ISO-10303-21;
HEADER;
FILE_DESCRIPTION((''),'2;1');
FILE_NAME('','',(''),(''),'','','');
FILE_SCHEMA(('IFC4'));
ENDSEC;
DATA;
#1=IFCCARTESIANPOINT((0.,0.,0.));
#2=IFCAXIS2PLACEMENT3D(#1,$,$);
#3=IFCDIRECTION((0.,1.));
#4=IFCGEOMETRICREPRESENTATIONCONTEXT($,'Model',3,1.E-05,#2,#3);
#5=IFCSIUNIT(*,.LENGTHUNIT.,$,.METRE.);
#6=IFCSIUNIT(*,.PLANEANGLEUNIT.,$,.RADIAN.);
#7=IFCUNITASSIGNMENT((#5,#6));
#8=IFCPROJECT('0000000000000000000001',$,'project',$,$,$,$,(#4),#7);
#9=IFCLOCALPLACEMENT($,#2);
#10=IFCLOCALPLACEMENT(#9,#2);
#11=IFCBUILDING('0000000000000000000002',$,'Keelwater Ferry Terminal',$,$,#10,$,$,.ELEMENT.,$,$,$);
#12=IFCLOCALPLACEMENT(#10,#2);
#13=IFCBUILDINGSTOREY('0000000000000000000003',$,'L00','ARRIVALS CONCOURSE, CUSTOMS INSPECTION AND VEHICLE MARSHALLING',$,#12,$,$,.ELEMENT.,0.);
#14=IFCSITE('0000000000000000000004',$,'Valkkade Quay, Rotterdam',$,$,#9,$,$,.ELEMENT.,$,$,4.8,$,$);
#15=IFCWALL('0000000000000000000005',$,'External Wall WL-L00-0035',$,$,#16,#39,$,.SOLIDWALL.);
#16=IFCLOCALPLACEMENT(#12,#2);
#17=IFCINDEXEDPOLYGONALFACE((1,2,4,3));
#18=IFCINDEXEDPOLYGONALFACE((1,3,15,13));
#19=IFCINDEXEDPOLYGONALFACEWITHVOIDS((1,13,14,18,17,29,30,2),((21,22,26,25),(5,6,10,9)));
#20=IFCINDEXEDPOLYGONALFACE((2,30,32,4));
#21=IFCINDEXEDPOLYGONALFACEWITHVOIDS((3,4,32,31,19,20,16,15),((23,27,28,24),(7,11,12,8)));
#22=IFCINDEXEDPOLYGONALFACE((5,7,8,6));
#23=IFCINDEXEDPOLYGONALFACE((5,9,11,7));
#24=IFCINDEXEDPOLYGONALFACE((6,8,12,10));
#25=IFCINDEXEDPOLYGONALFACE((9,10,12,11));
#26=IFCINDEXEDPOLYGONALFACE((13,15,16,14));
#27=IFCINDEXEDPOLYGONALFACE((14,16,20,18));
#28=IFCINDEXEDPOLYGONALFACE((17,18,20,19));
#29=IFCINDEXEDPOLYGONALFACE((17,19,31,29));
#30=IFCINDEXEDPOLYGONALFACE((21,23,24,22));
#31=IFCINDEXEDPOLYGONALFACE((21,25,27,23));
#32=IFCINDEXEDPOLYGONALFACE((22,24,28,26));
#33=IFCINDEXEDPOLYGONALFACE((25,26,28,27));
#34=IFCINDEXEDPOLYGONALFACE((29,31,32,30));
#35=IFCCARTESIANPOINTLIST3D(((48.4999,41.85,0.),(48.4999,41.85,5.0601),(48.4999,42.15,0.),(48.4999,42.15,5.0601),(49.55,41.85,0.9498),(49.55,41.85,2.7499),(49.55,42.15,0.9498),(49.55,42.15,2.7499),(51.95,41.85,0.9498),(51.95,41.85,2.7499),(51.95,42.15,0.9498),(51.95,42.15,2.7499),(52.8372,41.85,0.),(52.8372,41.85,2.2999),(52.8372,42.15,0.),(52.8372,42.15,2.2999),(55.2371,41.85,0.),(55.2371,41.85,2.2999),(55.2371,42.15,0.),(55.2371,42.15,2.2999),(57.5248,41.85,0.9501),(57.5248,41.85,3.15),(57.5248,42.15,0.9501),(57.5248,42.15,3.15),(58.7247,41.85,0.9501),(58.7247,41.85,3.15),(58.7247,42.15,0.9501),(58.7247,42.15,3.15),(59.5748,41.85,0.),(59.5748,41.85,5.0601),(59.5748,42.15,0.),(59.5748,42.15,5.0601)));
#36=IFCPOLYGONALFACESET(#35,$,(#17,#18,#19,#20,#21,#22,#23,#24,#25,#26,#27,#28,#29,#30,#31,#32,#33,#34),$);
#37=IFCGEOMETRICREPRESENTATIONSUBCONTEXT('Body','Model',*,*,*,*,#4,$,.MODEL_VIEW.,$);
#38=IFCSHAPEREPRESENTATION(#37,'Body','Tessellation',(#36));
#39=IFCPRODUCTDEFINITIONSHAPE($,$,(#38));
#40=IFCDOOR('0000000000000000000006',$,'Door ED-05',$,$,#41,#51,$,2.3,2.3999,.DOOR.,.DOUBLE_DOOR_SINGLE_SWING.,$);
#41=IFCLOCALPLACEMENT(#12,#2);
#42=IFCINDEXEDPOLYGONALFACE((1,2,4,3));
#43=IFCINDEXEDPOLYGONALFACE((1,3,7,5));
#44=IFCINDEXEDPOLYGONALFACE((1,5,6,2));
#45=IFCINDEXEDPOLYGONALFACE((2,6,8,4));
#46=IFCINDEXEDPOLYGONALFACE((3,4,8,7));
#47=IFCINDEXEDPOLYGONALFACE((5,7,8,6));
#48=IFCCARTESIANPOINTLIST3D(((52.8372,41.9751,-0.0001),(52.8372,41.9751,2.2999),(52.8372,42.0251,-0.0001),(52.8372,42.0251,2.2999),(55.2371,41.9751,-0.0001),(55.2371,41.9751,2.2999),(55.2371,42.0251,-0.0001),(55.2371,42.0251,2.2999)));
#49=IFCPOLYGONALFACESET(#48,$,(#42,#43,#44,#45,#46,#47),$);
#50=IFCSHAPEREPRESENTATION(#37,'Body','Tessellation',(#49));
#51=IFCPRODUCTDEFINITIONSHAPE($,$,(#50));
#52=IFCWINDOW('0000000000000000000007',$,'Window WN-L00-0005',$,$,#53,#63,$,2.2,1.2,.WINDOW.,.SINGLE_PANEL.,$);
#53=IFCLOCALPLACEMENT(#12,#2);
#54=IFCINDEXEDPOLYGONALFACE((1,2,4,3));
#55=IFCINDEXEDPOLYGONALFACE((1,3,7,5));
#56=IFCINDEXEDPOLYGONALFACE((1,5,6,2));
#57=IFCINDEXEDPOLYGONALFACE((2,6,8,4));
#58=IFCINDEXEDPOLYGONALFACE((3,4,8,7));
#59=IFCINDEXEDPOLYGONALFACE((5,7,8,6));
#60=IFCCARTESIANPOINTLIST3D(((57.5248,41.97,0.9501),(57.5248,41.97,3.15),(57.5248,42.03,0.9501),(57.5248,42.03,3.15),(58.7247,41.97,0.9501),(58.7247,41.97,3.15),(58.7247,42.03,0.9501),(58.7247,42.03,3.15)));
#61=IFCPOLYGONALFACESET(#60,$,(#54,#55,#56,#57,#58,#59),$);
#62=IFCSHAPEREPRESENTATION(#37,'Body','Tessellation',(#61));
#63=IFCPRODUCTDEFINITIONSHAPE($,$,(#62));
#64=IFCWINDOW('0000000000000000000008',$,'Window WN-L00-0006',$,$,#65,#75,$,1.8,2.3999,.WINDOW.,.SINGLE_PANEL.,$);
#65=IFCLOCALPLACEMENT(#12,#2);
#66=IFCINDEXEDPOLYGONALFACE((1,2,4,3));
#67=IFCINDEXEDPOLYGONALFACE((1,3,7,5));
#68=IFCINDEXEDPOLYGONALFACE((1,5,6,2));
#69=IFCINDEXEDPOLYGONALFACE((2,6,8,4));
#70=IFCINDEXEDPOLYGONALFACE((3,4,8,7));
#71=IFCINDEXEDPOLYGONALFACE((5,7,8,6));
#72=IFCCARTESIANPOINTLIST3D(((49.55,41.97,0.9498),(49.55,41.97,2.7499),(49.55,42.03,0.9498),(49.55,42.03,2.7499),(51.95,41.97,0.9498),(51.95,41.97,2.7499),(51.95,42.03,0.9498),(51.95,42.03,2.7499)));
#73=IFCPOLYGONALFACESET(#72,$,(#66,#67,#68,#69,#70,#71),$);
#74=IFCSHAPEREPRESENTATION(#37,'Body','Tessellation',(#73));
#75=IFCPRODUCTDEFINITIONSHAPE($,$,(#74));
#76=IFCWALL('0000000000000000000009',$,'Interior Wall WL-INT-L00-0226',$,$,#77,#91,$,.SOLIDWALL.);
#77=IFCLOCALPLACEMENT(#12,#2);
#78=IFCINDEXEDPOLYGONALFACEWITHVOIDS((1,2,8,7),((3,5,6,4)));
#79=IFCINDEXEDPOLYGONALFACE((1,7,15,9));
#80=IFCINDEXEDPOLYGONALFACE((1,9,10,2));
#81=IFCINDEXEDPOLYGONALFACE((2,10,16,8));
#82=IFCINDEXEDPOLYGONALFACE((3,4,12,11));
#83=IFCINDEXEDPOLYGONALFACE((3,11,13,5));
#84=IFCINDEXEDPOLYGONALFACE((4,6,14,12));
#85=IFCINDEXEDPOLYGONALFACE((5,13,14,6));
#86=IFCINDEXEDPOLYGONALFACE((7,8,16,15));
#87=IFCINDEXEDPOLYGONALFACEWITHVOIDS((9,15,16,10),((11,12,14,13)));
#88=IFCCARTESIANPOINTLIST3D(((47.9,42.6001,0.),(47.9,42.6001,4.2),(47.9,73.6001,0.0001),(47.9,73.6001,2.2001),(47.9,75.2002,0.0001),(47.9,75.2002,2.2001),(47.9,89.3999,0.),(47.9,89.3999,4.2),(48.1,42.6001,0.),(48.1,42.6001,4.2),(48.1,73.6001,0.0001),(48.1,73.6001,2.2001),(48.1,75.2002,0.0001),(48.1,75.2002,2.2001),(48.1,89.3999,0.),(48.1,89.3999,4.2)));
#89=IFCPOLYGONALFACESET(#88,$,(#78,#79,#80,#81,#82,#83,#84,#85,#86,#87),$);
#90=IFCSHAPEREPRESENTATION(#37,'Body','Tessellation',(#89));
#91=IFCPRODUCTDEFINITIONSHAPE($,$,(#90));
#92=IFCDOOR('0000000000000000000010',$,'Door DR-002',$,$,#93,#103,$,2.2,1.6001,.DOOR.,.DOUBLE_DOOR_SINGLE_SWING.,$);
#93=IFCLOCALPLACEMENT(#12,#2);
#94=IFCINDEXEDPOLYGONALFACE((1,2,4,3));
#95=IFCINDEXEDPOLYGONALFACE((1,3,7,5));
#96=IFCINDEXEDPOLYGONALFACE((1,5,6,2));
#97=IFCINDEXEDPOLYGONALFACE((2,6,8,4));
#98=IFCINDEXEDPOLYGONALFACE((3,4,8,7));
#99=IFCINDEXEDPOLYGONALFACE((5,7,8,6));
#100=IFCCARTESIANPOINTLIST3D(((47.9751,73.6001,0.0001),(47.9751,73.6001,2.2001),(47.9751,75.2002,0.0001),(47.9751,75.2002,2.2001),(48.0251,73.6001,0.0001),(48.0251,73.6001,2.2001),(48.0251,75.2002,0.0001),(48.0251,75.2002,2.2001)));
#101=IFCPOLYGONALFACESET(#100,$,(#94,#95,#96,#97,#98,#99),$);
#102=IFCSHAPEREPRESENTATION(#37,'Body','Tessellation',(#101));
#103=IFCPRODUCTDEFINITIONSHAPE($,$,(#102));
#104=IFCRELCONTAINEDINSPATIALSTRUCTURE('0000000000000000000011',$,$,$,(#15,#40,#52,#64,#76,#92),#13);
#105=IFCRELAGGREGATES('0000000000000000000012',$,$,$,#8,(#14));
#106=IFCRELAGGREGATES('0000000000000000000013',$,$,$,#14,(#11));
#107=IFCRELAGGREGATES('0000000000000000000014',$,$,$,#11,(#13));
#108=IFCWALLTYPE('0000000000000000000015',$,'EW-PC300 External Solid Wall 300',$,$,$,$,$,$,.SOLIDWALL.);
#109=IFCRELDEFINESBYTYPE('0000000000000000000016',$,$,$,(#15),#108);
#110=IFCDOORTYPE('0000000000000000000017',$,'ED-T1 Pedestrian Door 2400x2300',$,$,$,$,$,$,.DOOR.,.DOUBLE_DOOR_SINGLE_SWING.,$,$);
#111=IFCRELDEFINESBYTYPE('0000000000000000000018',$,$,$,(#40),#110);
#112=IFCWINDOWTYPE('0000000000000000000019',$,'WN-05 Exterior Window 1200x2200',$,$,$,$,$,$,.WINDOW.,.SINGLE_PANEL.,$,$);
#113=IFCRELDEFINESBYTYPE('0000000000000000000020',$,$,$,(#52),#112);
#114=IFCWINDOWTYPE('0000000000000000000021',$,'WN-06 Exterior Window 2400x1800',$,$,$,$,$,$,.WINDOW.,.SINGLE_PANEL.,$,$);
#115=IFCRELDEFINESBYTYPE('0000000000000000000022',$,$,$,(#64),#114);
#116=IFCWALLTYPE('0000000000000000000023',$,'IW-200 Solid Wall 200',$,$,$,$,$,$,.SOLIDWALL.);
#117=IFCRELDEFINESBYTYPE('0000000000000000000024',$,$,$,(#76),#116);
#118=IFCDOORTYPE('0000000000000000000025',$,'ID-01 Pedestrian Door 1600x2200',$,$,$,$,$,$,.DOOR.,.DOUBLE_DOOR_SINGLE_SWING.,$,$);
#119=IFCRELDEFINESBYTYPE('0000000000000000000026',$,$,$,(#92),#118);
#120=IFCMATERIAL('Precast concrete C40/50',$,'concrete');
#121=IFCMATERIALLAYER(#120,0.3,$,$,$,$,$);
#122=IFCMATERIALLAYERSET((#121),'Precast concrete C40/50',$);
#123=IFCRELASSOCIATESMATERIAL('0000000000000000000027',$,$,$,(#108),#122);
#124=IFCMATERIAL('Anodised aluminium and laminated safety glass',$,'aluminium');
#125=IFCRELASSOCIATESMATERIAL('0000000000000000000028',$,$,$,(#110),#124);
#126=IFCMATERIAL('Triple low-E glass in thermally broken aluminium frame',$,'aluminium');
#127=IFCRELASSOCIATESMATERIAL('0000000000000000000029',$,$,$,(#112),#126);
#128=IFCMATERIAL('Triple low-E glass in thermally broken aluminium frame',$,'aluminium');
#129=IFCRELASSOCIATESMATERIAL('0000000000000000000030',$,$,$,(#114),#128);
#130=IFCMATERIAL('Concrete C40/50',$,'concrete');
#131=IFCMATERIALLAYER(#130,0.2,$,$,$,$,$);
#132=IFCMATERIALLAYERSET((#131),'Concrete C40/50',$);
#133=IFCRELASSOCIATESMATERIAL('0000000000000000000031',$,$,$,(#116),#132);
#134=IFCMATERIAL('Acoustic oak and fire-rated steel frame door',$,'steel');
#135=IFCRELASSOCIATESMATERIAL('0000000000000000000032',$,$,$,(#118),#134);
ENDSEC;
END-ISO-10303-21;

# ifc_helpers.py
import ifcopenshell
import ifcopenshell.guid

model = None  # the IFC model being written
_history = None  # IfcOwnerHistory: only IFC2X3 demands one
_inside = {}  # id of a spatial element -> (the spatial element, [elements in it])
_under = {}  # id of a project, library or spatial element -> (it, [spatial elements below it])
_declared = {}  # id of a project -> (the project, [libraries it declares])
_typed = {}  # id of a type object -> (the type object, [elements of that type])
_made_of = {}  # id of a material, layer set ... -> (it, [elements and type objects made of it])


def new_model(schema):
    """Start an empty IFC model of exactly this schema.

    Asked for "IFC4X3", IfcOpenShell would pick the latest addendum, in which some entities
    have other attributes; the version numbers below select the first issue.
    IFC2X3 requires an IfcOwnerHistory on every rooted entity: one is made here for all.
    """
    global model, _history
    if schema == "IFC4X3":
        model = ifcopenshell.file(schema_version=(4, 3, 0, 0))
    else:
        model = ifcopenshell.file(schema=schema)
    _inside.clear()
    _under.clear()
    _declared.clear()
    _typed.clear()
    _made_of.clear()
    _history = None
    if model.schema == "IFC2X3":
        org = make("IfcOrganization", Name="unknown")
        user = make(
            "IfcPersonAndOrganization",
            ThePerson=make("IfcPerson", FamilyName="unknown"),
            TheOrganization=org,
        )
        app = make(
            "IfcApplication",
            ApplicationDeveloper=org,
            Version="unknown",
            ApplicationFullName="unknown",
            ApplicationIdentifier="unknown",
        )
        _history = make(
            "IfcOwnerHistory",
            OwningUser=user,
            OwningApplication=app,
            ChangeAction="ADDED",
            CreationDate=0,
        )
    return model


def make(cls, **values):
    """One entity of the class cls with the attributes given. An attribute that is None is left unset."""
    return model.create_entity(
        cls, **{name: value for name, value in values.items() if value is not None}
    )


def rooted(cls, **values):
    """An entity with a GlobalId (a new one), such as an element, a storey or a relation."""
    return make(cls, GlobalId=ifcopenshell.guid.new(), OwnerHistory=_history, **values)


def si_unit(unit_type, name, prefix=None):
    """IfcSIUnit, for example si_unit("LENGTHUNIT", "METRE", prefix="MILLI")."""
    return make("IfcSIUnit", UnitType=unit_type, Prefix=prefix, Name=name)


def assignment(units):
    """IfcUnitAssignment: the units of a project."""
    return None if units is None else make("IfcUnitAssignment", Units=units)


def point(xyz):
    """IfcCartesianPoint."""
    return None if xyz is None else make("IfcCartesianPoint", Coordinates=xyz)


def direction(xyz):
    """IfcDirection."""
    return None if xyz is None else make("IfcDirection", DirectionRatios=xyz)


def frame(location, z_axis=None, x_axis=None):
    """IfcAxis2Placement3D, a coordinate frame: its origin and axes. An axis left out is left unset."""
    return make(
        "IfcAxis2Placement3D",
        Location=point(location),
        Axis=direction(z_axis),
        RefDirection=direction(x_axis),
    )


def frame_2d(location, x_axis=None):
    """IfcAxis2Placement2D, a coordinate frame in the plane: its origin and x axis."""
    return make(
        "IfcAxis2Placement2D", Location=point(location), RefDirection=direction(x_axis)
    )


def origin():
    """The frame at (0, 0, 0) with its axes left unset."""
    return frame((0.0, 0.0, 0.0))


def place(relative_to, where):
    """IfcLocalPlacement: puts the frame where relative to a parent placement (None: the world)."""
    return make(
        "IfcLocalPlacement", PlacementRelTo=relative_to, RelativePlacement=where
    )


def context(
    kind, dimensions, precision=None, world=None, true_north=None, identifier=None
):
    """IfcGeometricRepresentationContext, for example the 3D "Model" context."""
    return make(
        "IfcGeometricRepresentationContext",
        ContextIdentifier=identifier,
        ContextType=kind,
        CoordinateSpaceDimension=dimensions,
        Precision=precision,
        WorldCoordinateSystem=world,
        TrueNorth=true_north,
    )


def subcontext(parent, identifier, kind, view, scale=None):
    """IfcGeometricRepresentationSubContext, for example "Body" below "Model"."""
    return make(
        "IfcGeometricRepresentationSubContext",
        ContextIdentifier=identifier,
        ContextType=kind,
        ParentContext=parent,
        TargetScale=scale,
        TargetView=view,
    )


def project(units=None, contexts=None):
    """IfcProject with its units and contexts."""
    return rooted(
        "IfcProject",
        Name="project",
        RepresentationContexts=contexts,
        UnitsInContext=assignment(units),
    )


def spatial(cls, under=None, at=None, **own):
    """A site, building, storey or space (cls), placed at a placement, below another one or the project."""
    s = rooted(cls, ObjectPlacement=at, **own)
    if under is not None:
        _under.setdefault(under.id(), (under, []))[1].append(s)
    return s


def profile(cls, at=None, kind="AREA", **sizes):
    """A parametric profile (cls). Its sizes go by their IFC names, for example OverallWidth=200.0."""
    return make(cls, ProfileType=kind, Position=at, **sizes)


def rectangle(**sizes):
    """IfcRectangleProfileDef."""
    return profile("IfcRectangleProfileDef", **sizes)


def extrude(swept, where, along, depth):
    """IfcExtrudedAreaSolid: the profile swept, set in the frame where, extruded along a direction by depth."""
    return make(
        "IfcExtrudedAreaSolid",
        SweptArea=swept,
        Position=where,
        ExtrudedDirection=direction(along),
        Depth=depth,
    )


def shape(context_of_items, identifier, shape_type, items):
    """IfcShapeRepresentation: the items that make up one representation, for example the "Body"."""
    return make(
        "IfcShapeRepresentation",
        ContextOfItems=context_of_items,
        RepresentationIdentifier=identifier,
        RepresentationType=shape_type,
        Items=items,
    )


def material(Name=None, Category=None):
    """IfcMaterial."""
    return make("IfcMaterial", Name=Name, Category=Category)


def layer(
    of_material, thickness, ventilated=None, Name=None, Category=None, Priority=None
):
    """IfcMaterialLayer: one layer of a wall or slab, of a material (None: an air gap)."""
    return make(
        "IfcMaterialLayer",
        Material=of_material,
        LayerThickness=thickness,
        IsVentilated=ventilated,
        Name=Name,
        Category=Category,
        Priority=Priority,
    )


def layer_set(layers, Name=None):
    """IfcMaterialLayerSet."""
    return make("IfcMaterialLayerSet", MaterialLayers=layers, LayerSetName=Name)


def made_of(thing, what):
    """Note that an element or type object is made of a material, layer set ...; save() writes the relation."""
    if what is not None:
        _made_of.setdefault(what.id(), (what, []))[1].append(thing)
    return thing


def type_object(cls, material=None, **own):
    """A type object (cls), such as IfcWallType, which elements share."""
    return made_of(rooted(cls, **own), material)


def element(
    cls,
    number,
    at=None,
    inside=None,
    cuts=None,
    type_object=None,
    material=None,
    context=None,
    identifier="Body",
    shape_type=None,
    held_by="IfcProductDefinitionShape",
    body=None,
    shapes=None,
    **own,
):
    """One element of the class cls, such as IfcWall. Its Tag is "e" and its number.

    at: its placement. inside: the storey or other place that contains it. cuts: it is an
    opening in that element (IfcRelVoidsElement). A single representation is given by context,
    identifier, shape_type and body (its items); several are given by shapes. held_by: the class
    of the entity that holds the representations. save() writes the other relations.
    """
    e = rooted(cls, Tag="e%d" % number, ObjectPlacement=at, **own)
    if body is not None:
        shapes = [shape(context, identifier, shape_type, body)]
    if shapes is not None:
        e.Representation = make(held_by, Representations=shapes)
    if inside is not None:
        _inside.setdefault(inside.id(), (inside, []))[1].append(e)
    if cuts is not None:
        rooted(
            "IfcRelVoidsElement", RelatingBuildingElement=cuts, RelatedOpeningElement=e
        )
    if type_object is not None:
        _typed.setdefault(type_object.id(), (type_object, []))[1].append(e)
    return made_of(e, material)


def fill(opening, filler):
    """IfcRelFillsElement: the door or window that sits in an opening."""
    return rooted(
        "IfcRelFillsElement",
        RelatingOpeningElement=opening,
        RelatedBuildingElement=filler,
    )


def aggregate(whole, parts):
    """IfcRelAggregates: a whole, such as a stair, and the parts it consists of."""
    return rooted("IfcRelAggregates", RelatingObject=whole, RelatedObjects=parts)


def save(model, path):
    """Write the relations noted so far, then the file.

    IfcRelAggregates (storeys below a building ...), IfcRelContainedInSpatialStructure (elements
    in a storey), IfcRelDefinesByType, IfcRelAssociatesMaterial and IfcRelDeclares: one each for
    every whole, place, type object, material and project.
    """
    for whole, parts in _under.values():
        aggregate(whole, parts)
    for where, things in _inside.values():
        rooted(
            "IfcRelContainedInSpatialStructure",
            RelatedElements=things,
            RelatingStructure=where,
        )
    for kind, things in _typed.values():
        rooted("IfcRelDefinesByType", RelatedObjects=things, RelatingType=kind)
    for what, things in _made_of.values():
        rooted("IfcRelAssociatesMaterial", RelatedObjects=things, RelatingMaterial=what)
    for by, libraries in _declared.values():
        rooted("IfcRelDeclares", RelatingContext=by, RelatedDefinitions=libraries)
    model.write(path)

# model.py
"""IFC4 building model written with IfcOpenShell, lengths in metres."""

from ifc_helpers import new_model, si_unit, direction, frame, frame_2d, origin, place, context, subcontext, project, spatial, rectangle, extrude, material, layer, layer_set, type_object, element, fill, save


model = new_model("IFC4")

# Units and contexts
model_context = context("Model", 3, precision=1e-05, world=origin(), true_north=direction((0.0, 1.0)))
body_context = subcontext(model_context, "Body", "Model", "MODEL_VIEW")
ifc_project = project(units=[si_unit("LENGTHUNIT", "METRE"), si_unit("PLANEANGLEUNIT", "RADIAN")], contexts=[model_context])

# Site, building, storey
site_placement = place(None, origin())
site = spatial("IfcSite", under=ifc_project, at=site_placement, Name="Valkkade Quay, Rotterdam", CompositionType="ELEMENT", RefElevation=4.8)
building_placement = place(site_placement, origin())
building = spatial("IfcBuilding", under=site, at=building_placement, Name="Keelwater Ferry Terminal", CompositionType="ELEMENT")
storey_placement = place(building_placement, origin())
storey = spatial("IfcBuildingStorey", under=building, at=storey_placement, Name="L00", Description="ARRIVALS CONCOURSE, CUSTOMS INSPECTION AND VEHICLE MARSHALLING", CompositionType="ELEMENT", Elevation=0.0)

# Wall, openings, door, windows
ifc_material_1 = material(Name="Precast concrete C40/50", Category="concrete")
ifc_layer_1 = layer(ifc_material_1, 0.3)
ifc_layer_set_1 = layer_set([ifc_layer_1], Name="Precast concrete C40/50")
wall_type_1 = type_object("IfcWallType", Name="EW-PC300 External Solid Wall 300", PredefinedType="SOLIDWALL", material=ifc_layer_set_1)
wall_1_placement = place(storey_placement, frame((59.575, 42.0, 0.0), z_axis=(0.0, 0.0, 1.0), x_axis=(-1.0, 0.0, 0.0)))
wall_1 = element("IfcWall", 1, at=wall_1_placement, inside=storey, type_object=wall_type_1, Name="External Wall WL-L00-0035", PredefinedType="SOLIDWALL", context=body_context, shape_type="SweptSolid", body=[
    extrude(rectangle(XDim=11.075, YDim=0.3, at=frame_2d((5.5376, 0.0))), origin(), (0.0, 0.0, 1.0), 5.0601),
])
opening_1_placement = place(wall_1_placement, frame((4.3379, 0.0, 0.0)))
opening_1 = element("IfcOpeningElement", 2, at=opening_1_placement, cuts=wall_1, PredefinedType="OPENING", context=body_context, shape_type="SweptSolid", body=[
    extrude(rectangle(XDim=2.3999, YDim=2.3, at=frame_2d((1.2, 1.1499))), frame((0.0, 0.1599, 0.0), z_axis=(0.0, -1.0, 0.0), x_axis=(1.0, 0.0, 0.0)), (0.0, 0.0, 1.0), 0.3201),
])
opening_2_placement = place(wall_1_placement, frame((0.8501, 0.0, 0.95)))
opening_2 = element("IfcOpeningElement", 3, at=opening_2_placement, cuts=wall_1, PredefinedType="OPENING", context=body_context, shape_type="SweptSolid", body=[
    extrude(rectangle(XDim=1.2, YDim=2.2, at=frame_2d((0.6001, 1.1001))), frame((0.0, 0.1599, 0.0), z_axis=(0.0, -1.0, 0.0), x_axis=(1.0, 0.0, 0.0)), (0.0, 0.0, 1.0), 0.3201),
])
opening_3_placement = place(wall_1_placement, frame((7.625, 0.0, 0.95)))
opening_3 = element("IfcOpeningElement", 4, at=opening_3_placement, cuts=wall_1, PredefinedType="OPENING", context=body_context, shape_type="SweptSolid", body=[
    extrude(rectangle(XDim=2.3999, YDim=1.8, at=frame_2d((1.2, 0.8999))), frame((0.0, 0.1599, 0.0), z_axis=(0.0, -1.0, 0.0), x_axis=(1.0, 0.0, 0.0)), (0.0, 0.0, 1.0), 0.3201),
])
ifc_material_2 = material(Name="Anodised aluminium and laminated safety glass", Category="aluminium")
door_type_1 = type_object("IfcDoorType", Name="ED-T1 Pedestrian Door 2400x2300", OperationType="DOUBLE_DOOR_SINGLE_SWING", PredefinedType="DOOR", material=ifc_material_2)
door_1_placement = place(opening_1_placement, origin())
door_1 = element("IfcDoor", 5, at=door_1_placement, inside=storey, type_object=door_type_1, Name="Door ED-05", OperationType="DOUBLE_DOOR_SINGLE_SWING", OverallHeight=2.3, OverallWidth=2.3999, PredefinedType="DOOR", context=body_context, shape_type="SweptSolid", body=[
    extrude(rectangle(XDim=2.3999, YDim=2.3, at=frame_2d((1.2, 1.1499))), frame((0.0, 0.0249, 0.0), z_axis=(0.0, -1.0, 0.0), x_axis=(1.0, 0.0, 0.0)), (0.0, 0.0, 1.0), 0.05),
])
fill(opening_1, door_1)
ifc_material_3 = material(Name="Triple low-E glass in thermally broken aluminium frame", Category="aluminium")
window_type_1 = type_object("IfcWindowType", Name="WN-05 Exterior Window 1200x2200", PartitioningType="SINGLE_PANEL", PredefinedType="WINDOW", material=ifc_material_3)
window_1_placement = place(opening_2_placement, origin())
window_1 = element("IfcWindow", 6, at=window_1_placement, inside=storey, type_object=window_type_1, Name="Window WN-L00-0005", OverallHeight=2.2, OverallWidth=1.2, PartitioningType="SINGLE_PANEL", PredefinedType="WINDOW", context=body_context, shape_type="SweptSolid", body=[
    extrude(rectangle(XDim=1.2, YDim=2.2, at=frame_2d((0.6001, 1.1001))), frame((0.0, 0.03, 0.0), z_axis=(0.0, -1.0, 0.0), x_axis=(1.0, 0.0, 0.0)), (0.0, 0.0, 1.0), 0.0601),
])
fill(opening_2, window_1)
ifc_material_4 = material(Name="Triple low-E glass in thermally broken aluminium frame", Category="aluminium")
window_type_2 = type_object("IfcWindowType", Name="WN-06 Exterior Window 2400x1800", PartitioningType="SINGLE_PANEL", PredefinedType="WINDOW", material=ifc_material_4)
window_2_placement = place(opening_3_placement, origin())
window_2 = element("IfcWindow", 7, at=window_2_placement, inside=storey, type_object=window_type_2, Name="Window WN-L00-0006", OverallHeight=1.8, OverallWidth=2.3999, PartitioningType="SINGLE_PANEL", PredefinedType="WINDOW", context=body_context, shape_type="SweptSolid", body=[
    extrude(rectangle(XDim=2.3999, YDim=1.8, at=frame_2d((1.2, 0.8999))), frame((0.0, 0.03, 0.0), z_axis=(0.0, -1.0, 0.0), x_axis=(1.0, 0.0, 0.0)), (0.0, 0.0, 1.0), 0.0601),
])
fill(opening_3, window_2)

# Wall, opening, door
ifc_material_5 = material(Name="Concrete C40/50", Category="concrete")
ifc_layer_2 = layer(ifc_material_5, 0.2)
ifc_layer_set_2 = layer_set([ifc_layer_2], Name="Concrete C40/50")
wall_type_2 = type_object("IfcWallType", Name="IW-200 Solid Wall 200", PredefinedType="SOLIDWALL", material=ifc_layer_set_2)
wall_2_placement = place(storey_placement, frame((48.0, 42.6001, 0.0), z_axis=(0.0, 0.0, 1.0), x_axis=(0.0, 1.0, 0.0)))
wall_2 = element("IfcWall", 8, at=wall_2_placement, inside=storey, type_object=wall_type_2, Name="Interior Wall WL-INT-L00-0226", PredefinedType="SOLIDWALL", context=body_context, shape_type="SweptSolid", body=[
    extrude(rectangle(XDim=46.7998, YDim=0.2, at=frame_2d((23.3999, 0.0))), origin(), (0.0, 0.0, 1.0), 4.2),
])
opening_4_placement = place(wall_2_placement, frame((31.0, 0.0, 0.0)))
opening_4 = element("IfcOpeningElement", 9, at=opening_4_placement, cuts=wall_2, PredefinedType="OPENING", context=body_context, shape_type="SweptSolid", body=[
    extrude(rectangle(XDim=1.6001, YDim=2.2, at=frame_2d((0.8, 1.1001))), frame((0.0, 0.1101, 0.0), z_axis=(0.0, -1.0, 0.0), x_axis=(1.0, 0.0, 0.0)), (0.0, 0.0, 1.0), 0.22),
])
ifc_material_6 = material(Name="Acoustic oak and fire-rated steel frame door", Category="steel")
door_type_2 = type_object("IfcDoorType", Name="ID-01 Pedestrian Door 1600x2200", OperationType="DOUBLE_DOOR_SINGLE_SWING", PredefinedType="DOOR", material=ifc_material_6)
door_2_placement = place(opening_4_placement, origin())
door_2 = element("IfcDoor", 10, at=door_2_placement, inside=storey, type_object=door_type_2, Name="Door DR-002", OperationType="DOUBLE_DOOR_SINGLE_SWING", OverallHeight=2.2, OverallWidth=1.6001, PredefinedType="DOOR", context=body_context, shape_type="SweptSolid", body=[
    extrude(rectangle(XDim=1.6001, YDim=2.2, at=frame_2d((0.8, 1.1001))), frame((0.0, 0.0249, 0.0), z_axis=(0.0, -1.0, 0.0), x_axis=(1.0, 0.0, 0.0)), (0.0, 0.0, 1.0), 0.05),
])
fill(opening_4, door_2)

save(model, "model.ifc")
